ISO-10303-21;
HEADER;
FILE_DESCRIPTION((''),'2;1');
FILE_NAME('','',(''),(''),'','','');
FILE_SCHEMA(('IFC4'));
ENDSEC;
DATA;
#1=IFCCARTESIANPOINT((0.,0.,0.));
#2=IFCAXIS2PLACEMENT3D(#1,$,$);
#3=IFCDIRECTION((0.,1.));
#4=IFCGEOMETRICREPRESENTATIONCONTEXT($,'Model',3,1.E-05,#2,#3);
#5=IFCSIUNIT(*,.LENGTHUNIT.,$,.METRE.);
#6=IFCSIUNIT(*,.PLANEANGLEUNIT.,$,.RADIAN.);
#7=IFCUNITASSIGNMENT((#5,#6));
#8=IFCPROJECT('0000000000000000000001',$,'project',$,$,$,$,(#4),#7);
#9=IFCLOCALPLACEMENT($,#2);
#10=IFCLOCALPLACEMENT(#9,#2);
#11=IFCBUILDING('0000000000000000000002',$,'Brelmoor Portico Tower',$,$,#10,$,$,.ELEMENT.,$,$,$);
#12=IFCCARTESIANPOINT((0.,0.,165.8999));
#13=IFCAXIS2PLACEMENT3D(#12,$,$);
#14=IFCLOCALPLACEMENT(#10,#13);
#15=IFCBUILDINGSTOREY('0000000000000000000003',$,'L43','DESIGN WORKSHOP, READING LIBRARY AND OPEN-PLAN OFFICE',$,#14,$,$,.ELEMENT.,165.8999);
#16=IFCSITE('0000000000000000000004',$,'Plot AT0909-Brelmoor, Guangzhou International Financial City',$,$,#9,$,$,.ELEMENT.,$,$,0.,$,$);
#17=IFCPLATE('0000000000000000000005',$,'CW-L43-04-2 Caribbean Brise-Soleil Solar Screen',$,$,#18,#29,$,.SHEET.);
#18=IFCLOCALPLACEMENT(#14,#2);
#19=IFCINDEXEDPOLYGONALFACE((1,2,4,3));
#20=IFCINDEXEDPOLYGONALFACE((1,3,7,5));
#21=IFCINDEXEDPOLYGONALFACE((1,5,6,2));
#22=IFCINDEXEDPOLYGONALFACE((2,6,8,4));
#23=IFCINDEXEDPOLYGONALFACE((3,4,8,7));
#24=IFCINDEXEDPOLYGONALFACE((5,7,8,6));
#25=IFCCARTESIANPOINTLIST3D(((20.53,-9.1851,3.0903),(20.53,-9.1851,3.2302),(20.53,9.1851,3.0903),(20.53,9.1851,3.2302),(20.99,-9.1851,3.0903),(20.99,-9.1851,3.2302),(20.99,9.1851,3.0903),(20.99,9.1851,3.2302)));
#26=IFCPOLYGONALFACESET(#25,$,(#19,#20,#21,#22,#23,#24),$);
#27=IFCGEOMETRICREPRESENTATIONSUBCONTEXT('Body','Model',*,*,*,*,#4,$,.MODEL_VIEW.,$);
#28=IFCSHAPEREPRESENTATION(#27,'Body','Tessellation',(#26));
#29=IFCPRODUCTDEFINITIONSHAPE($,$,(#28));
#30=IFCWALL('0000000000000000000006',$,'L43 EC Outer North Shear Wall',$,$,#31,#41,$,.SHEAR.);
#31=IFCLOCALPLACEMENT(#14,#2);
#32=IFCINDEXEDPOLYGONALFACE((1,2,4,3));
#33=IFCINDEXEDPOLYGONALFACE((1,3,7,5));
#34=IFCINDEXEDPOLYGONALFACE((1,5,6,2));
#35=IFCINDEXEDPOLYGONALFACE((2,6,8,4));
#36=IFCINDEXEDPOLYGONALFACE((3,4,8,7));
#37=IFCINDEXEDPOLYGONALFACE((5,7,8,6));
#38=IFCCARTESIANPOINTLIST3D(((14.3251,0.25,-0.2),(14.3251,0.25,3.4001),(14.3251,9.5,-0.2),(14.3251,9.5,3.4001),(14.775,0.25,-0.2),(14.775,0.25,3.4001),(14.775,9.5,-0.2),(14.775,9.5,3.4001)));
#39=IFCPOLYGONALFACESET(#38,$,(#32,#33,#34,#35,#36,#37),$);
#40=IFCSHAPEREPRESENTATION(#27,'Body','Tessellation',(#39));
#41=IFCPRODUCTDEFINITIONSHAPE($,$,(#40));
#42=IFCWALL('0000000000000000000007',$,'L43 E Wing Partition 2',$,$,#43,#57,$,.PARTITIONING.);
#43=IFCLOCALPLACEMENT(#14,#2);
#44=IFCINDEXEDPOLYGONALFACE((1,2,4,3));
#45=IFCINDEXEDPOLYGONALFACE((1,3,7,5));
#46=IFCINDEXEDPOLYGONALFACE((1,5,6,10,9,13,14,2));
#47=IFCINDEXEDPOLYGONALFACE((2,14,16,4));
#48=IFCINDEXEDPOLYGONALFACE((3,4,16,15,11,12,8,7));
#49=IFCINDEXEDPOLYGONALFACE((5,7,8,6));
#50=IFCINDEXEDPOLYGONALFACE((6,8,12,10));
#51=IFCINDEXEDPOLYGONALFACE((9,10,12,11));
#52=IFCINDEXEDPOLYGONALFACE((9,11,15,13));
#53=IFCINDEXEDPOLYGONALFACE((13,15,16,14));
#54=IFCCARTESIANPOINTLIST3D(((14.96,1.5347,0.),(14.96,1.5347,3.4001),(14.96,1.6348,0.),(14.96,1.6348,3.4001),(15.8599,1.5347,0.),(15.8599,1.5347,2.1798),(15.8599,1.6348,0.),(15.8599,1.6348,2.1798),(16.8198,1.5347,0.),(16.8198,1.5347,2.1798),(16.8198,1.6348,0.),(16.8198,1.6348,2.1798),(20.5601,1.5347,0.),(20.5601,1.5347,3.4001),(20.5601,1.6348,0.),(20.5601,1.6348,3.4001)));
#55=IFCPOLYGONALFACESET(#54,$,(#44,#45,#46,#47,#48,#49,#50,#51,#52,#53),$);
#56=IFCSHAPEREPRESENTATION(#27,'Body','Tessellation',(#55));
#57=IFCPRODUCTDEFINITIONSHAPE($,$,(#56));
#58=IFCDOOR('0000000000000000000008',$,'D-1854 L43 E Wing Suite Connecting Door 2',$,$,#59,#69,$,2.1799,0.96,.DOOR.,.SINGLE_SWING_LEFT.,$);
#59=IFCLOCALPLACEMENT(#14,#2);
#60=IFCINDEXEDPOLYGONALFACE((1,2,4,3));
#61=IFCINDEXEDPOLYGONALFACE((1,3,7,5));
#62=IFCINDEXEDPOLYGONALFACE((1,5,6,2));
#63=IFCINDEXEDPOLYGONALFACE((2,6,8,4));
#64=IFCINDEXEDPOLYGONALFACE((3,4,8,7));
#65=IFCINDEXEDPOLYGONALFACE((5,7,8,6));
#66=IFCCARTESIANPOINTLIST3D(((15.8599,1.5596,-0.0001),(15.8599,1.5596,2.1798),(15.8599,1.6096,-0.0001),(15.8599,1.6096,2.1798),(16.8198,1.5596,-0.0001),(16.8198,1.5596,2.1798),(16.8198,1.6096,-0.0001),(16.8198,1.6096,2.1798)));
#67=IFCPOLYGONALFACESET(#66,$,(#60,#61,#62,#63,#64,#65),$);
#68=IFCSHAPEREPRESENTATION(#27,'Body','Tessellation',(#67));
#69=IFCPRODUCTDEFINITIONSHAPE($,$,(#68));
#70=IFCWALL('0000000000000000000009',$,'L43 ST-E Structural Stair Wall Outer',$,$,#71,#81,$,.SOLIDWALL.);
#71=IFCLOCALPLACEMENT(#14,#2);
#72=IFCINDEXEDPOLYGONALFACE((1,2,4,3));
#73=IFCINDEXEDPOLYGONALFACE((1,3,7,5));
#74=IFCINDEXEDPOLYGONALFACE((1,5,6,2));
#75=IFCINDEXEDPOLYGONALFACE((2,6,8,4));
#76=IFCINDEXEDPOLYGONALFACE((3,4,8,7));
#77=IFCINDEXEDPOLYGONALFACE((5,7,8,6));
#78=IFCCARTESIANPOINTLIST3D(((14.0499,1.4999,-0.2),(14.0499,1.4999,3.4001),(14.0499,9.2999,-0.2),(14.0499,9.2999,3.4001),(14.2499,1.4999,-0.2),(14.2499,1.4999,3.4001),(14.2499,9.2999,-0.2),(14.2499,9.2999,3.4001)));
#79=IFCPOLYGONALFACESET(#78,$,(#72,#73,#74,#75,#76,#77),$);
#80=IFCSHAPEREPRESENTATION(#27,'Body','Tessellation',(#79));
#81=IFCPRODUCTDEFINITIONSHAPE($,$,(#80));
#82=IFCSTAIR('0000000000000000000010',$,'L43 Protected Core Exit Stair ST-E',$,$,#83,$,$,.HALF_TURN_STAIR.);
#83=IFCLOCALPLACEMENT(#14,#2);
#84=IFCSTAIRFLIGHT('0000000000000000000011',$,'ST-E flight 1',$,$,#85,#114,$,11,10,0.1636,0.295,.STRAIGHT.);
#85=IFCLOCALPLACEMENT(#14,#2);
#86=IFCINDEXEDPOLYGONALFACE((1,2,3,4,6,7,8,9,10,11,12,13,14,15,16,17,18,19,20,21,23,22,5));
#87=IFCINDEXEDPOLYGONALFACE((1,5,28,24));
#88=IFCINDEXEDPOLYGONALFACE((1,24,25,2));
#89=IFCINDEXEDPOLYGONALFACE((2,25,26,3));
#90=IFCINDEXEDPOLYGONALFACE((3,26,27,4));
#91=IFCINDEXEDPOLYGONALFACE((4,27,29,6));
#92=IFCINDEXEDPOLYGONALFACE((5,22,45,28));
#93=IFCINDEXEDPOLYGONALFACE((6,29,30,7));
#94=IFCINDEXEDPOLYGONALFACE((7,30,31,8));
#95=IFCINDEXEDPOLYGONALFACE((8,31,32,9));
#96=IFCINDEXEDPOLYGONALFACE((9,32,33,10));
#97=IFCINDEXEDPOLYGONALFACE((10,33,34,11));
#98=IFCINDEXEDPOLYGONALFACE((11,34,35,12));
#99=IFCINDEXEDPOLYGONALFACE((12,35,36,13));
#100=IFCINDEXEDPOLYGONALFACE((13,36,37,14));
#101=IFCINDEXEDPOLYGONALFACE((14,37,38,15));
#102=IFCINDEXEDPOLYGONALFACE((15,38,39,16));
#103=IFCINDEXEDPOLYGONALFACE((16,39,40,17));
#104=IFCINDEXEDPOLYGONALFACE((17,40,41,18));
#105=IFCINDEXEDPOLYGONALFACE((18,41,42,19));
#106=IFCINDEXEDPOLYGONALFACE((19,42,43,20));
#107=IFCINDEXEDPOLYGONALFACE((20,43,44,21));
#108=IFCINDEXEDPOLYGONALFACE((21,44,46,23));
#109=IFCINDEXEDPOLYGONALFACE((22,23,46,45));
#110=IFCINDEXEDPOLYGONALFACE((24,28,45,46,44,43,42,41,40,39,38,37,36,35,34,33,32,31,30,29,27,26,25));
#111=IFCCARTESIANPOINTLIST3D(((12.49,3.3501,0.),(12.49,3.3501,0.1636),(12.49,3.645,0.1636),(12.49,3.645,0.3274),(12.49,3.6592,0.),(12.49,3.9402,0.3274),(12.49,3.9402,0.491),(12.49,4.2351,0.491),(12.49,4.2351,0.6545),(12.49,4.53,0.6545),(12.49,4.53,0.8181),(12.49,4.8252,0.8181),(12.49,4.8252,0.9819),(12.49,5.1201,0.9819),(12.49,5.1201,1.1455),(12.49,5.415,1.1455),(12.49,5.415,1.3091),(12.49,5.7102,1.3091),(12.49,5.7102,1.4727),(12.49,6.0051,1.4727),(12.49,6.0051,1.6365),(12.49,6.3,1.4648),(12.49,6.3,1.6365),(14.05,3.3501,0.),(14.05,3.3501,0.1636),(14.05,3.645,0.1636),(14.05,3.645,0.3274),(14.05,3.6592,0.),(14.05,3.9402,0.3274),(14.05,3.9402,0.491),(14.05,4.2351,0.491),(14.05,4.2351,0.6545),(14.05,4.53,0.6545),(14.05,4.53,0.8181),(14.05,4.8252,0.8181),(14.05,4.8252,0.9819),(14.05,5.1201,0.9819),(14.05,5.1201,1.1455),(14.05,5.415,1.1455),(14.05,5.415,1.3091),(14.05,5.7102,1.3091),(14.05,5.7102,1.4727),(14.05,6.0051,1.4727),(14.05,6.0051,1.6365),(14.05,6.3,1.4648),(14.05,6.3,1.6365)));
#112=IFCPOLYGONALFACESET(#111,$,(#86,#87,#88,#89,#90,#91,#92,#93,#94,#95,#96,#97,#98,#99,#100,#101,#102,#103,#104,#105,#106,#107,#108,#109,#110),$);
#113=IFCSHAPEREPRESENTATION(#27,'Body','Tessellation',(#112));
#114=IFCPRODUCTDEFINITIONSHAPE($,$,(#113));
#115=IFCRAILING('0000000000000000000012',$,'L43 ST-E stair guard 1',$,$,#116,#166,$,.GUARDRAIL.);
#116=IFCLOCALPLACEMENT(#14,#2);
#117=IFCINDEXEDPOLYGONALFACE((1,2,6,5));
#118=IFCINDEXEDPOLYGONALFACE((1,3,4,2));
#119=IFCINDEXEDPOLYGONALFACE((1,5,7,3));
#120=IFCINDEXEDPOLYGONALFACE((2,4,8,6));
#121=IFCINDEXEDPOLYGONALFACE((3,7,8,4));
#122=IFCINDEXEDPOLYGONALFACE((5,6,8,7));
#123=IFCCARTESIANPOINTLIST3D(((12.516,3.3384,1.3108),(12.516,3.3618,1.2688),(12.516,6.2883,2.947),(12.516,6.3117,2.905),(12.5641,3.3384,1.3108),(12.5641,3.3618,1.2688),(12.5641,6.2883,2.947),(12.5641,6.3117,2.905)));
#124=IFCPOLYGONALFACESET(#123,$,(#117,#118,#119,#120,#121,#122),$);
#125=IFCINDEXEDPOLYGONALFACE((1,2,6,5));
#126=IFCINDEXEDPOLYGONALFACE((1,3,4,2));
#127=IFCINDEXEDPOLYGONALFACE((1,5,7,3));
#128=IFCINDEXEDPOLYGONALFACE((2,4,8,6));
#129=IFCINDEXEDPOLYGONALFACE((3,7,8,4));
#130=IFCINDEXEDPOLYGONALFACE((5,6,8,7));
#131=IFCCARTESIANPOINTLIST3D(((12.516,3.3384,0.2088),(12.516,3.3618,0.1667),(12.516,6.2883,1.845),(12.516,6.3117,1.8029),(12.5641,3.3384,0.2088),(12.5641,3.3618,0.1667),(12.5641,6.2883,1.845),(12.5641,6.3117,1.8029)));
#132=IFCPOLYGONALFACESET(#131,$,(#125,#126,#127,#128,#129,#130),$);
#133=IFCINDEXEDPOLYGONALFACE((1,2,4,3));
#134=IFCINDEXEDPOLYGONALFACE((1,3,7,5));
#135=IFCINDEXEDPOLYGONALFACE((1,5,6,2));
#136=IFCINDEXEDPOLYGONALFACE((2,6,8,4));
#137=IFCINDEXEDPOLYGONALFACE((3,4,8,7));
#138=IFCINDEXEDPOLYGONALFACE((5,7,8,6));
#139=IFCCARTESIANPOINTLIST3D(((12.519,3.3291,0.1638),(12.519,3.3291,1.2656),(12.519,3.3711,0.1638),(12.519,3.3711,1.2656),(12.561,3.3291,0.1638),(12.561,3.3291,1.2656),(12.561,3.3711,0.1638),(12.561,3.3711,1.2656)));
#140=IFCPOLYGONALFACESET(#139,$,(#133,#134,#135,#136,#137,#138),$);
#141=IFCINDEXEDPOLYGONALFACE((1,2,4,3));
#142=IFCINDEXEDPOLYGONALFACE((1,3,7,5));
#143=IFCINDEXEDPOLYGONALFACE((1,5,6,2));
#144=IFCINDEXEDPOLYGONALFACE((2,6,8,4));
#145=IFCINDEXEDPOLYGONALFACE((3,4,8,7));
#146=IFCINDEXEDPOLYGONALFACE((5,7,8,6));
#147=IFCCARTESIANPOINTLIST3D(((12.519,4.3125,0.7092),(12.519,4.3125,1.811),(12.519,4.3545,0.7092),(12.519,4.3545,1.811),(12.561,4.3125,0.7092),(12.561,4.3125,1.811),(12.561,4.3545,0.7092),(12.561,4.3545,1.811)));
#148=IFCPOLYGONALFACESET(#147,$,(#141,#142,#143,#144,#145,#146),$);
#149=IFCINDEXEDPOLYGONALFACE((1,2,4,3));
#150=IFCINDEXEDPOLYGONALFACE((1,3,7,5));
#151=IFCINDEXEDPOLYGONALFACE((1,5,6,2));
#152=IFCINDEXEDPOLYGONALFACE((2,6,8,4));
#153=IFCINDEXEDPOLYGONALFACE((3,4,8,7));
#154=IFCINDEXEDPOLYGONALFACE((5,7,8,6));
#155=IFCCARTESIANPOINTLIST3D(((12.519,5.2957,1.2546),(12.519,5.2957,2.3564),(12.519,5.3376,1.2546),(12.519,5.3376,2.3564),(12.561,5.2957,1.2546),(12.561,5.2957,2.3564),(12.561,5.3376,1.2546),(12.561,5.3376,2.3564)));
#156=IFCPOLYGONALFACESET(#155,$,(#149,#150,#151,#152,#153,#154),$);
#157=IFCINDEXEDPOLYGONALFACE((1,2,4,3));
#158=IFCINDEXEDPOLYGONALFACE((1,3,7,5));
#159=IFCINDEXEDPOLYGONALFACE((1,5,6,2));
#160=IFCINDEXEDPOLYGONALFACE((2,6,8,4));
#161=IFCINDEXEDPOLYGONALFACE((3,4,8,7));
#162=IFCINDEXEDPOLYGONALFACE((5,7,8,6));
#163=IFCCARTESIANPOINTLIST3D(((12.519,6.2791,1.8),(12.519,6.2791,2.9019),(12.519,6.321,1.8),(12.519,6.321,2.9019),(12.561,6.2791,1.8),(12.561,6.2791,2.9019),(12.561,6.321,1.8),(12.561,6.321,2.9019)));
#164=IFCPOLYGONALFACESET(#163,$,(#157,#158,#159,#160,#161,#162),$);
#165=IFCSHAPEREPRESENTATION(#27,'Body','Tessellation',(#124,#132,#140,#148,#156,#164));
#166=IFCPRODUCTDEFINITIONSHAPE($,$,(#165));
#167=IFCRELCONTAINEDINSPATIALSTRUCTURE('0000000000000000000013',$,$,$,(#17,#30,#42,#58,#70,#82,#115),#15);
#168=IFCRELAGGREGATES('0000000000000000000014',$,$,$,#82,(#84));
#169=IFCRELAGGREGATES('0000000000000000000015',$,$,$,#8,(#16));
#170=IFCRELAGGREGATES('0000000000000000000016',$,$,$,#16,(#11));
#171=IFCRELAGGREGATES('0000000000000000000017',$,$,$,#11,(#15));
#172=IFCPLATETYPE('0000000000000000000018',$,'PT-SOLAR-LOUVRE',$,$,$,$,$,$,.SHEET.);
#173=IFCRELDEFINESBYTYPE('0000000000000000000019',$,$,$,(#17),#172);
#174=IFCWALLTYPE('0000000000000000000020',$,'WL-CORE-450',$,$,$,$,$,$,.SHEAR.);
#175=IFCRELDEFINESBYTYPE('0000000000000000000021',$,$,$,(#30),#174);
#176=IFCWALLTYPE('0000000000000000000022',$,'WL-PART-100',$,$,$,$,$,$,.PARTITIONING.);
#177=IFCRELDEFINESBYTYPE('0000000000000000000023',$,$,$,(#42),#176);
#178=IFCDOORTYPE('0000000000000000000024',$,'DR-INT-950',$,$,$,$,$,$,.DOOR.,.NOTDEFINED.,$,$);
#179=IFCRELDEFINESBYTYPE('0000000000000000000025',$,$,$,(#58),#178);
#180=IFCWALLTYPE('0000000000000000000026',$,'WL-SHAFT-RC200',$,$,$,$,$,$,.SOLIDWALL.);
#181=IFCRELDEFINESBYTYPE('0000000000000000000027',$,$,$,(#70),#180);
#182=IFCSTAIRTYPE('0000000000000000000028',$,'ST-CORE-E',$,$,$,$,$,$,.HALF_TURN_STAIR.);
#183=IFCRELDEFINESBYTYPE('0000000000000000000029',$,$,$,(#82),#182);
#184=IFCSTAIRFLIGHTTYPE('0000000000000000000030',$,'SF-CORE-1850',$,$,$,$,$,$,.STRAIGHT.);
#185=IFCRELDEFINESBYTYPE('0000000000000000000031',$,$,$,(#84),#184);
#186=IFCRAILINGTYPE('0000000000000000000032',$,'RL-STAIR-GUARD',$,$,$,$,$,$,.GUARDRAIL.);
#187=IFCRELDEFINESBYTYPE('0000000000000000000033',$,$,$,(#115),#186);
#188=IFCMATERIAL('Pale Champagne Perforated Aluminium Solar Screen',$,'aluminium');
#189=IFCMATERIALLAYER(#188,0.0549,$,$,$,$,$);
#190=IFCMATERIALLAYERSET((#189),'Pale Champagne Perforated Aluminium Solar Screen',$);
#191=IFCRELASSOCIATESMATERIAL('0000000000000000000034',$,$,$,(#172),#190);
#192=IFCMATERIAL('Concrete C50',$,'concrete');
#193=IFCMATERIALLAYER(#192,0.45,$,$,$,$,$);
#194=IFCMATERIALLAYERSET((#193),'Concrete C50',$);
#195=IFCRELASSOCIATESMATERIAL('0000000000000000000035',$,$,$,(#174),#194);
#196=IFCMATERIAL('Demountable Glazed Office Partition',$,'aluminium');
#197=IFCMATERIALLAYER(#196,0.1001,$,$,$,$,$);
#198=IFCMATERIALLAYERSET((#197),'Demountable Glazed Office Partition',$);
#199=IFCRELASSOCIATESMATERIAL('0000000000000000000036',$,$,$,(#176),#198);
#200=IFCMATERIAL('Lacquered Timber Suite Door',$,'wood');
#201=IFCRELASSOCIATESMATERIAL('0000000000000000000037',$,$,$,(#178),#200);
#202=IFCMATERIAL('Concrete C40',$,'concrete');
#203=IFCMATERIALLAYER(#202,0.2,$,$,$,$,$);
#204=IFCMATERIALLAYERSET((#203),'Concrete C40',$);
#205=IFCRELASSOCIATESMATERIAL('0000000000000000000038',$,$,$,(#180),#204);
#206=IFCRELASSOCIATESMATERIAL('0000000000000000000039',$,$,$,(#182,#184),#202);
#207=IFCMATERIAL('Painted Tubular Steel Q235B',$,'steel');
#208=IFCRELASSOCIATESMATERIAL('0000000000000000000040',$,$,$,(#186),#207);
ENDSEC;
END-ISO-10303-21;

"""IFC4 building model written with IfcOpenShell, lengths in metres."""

from ifc_helpers import new_model, si_unit, direction, frame, frame_2d, origin, origin_2d, place, context, subcontext, project, spatial, polyline, rectangle, outline, extrude, material, layer, layer_set, type_object, element, fill, aggregate, save


model = new_model("IFC4")

# Units and contexts
model_context = context("Model", 3, precision=1e-05, world=origin(), true_north=direction((0.0, 1.0)))
body_context = subcontext(model_context, "Body", "Model", "MODEL_VIEW")
ifc_project = project(units=[si_unit("LENGTHUNIT", "METRE"), si_unit("PLANEANGLEUNIT", "RADIAN")], contexts=[model_context])

# Site, building, storey
site_placement = place(None, origin())
site = spatial("IfcSite", under=ifc_project, at=site_placement, Name="Plot AT0909-Brelmoor, Guangzhou International Financial City", CompositionType="ELEMENT", RefElevation=0.0)
building_placement = place(site_placement, origin())
building = spatial("IfcBuilding", under=site, at=building_placement, Name="Brelmoor Portico Tower", CompositionType="ELEMENT")
storey_placement = place(building_placement, frame((0.0, 0.0, 165.8999)))
storey = spatial("IfcBuildingStorey", under=building, at=storey_placement, Name="L43", Description="DESIGN WORKSHOP, READING LIBRARY AND OPEN-PLAN OFFICE", CompositionType="ELEMENT", Elevation=165.8999)

# Plate
ifc_material_1 = material(Name="Pale Champagne Perforated Aluminium Solar Screen", Category="aluminium")
ifc_layer_1 = layer(ifc_material_1, 0.0549)
ifc_layer_set_1 = layer_set([ifc_layer_1], Name="Pale Champagne Perforated Aluminium Solar Screen")
plate_type_1 = type_object("IfcPlateType", Name="PT-SOLAR-LOUVRE", PredefinedType="SHEET", material=ifc_layer_set_1)
plate_1_placement = place(storey_placement, frame((20.76, 0.0, 3.0903), z_axis=(0.0, 0.0, 1.0), x_axis=(0.0, 1.0, 0.0)))
element("IfcPlate", 1, at=plate_1_placement, inside=storey, type_object=plate_type_1, Name="CW-L43-04-2 Caribbean Brise-Soleil Solar Screen", PredefinedType="SHEET", context=body_context, shape_type="SweptSolid", body=[
    extrude(rectangle(XDim=18.3701, YDim=0.46, at=origin_2d()), origin(), (0.0, 0.0, 1.0), 0.1399),
])

# Wall
ifc_material_2 = material(Name="Concrete C50", Category="concrete")
ifc_layer_2 = layer(ifc_material_2, 0.45)
ifc_layer_set_2 = layer_set([ifc_layer_2], Name="Concrete C50")
wall_type_1 = type_object("IfcWallType", Name="WL-CORE-450", PredefinedType="SHEAR", material=ifc_layer_set_2)
wall_1_placement = place(storey_placement, frame((14.55, 0.25, -0.2), z_axis=(0.0, 0.0, 1.0), x_axis=(0.0, 1.0, 0.0)))
element("IfcWall", 2, at=wall_1_placement, inside=storey, type_object=wall_type_1, Name="L43 EC Outer North Shear Wall", PredefinedType="SHEAR", context=body_context, shape_type="SweptSolid", body=[
    extrude(rectangle(XDim=9.25, YDim=0.45, at=frame_2d((4.625, 0.0))), origin(), (0.0, 0.0, 1.0), 3.6001),
])

# Wall, opening, door
ifc_material_3 = material(Name="Demountable Glazed Office Partition", Category="aluminium")
ifc_layer_3 = layer(ifc_material_3, 0.1001)
ifc_layer_set_3 = layer_set([ifc_layer_3], Name="Demountable Glazed Office Partition")
wall_type_2 = type_object("IfcWallType", Name="WL-PART-100", PredefinedType="PARTITIONING", material=ifc_layer_set_3)
wall_2_placement = place(storey_placement, frame((14.96, 1.5847, 0.0), z_axis=(0.0, 0.0, 1.0), x_axis=(1.0, 0.0, 0.0)))
wall_2 = element("IfcWall", 3, at=wall_2_placement, inside=storey, type_object=wall_type_2, Name="L43 E Wing Partition 2", PredefinedType="PARTITIONING", context=body_context, shape_type="SweptSolid", body=[
    extrude(rectangle(XDim=5.6001, YDim=0.1001, at=frame_2d((2.8, 0.0))), origin(), (0.0, 0.0, 1.0), 3.4001),
])
opening_placement = place(wall_2_placement, frame((0.8999, 0.0, 0.0)))
opening = element("IfcOpeningElement", 4, at=opening_placement, cuts=wall_2, PredefinedType="OPENING", context=body_context, shape_type="SweptSolid", body=[
    extrude(rectangle(XDim=0.96, YDim=2.1799, at=frame_2d((0.48, 1.0898))), frame((0.0, 0.0601, 0.0), z_axis=(0.0, -1.0, 0.0), x_axis=(1.0, 0.0, 0.0)), (0.0, 0.0, 1.0), 0.1201),
])
ifc_material_4 = material(Name="Lacquered Timber Suite Door", Category="wood")
door_type = type_object("IfcDoorType", Name="DR-INT-950", OperationType="NOTDEFINED", PredefinedType="DOOR", material=ifc_material_4)
door_placement = place(opening_placement, origin())
door = element("IfcDoor", 5, at=door_placement, inside=storey, type_object=door_type, Name="D-1854 L43 E Wing Suite Connecting Door 2", OperationType="SINGLE_SWING_LEFT", OverallHeight=2.1799, OverallWidth=0.96, PredefinedType="DOOR", context=body_context, shape_type="SweptSolid", body=[
    extrude(rectangle(XDim=0.96, YDim=2.1799, at=frame_2d((0.48, 1.0898))), frame((0.0, 0.0249, 0.0), z_axis=(0.0, -1.0, 0.0), x_axis=(1.0, 0.0, 0.0)), (0.0, 0.0, 1.0), 0.05),
])
fill(opening, door)

# Wall
ifc_material_5 = material(Name="Concrete C40", Category="concrete")
ifc_layer_4 = layer(ifc_material_5, 0.2)
ifc_layer_set_4 = layer_set([ifc_layer_4], Name="Concrete C40")
wall_type_3 = type_object("IfcWallType", Name="WL-SHAFT-RC200", PredefinedType="SOLIDWALL", material=ifc_layer_set_4)
wall_3_placement = place(storey_placement, frame((14.1499, 1.5, -0.2), z_axis=(0.0, 0.0, 1.0), x_axis=(0.0, 1.0, 0.0)))
element("IfcWall", 6, at=wall_3_placement, inside=storey, type_object=wall_type_3, Name="L43 ST-E Structural Stair Wall Outer", PredefinedType="SOLIDWALL", context=body_context, shape_type="SweptSolid", body=[
    extrude(rectangle(XDim=7.8, YDim=0.2, at=frame_2d((3.8999, 0.0))), origin(), (0.0, 0.0, 1.0), 3.6001),
])

# Stair, stair flight
stair_type = type_object("IfcStairType", Name="ST-CORE-E", PredefinedType="HALF_TURN_STAIR", material=ifc_material_5)
stair_placement = place(storey_placement, origin())
stair = element("IfcStair", 7, at=stair_placement, inside=storey, type_object=stair_type, Name="L43 Protected Core Exit Stair ST-E", PredefinedType="HALF_TURN_STAIR")
stair_flight_type = type_object("IfcStairFlightType", Name="SF-CORE-1850", PredefinedType="STRAIGHT", material=ifc_material_5)
stair_flight_placement = place(storey_placement, frame((13.27, 3.3501, 0.0), z_axis=(0.0, 0.0, 1.0), x_axis=(0.0, 1.0, 0.0)))
stair_flight = element("IfcStairFlight", 8, at=stair_flight_placement, type_object=stair_flight_type, Name="ST-E flight 1", NumberOfRisers=11, NumberOfTreads=10, PredefinedType="STRAIGHT", RiserHeight=0.1636, TreadLength=0.295, context=body_context, shape_type="SweptSolid", body=[
    extrude(outline(polyline([(0.0, 0.0), (0.0, 0.1636), (0.2949, 0.1636), (0.2949, 0.3274), (0.5901, 0.3274), (0.5901, 0.491), (0.885, 0.491), (0.885, 0.6545), (1.1799, 0.6545), (1.1799, 0.8181), (1.4751, 0.8181), (1.4751, 0.9819), (1.77, 0.9819), (1.77, 1.1455), (2.0649, 1.1455), (2.0649, 1.3091), (2.3601, 1.3091), (2.3601, 1.4727), (2.655, 1.4727), (2.655, 1.6365), (2.95, 1.6365), (2.95, 1.8), (2.95, 1.4648), (0.3091, 0.0), (0.0, 0.0)])), frame((0.0, 0.78, 0.0), z_axis=(0.0, -1.0, 0.0), x_axis=(1.0, 0.0, 0.0)), (0.0, 0.0, 1.0), 1.5601),
])
aggregate(stair, [stair_flight])

# Railing
ifc_material_6 = material(Name="Painted Tubular Steel Q235B", Category="steel")
railing_type_1 = type_object("IfcRailingType", Name="RL-STAIR-GUARD", PredefinedType="GUARDRAIL", material=ifc_material_6)
railing_1_placement = place(storey_placement, frame((12.54, 3.3501, 0.1638)))
element("IfcRailing", 9, at=railing_1_placement, inside=storey, type_object=railing_type_1, Name="L43 ST-E stair guard 1", PredefinedType="GUARDRAIL", context=body_context, shape_type="SweptSolid", body=[
    extrude(rectangle(XDim=0.0481, YDim=0.0481, at=origin_2d()), frame((0.0, 0.0, 1.126), z_axis=(0.0, 0.874488, 0.485047), x_axis=(-1.0, 0.0, 0.0)), (0.0, 0.0, 1.0), 3.3733),
    extrude(rectangle(XDim=0.0481, YDim=0.0481, at=origin_2d()), frame((0.0, 0.0, 0.0239), z_axis=(0.0, 0.874488, 0.485047), x_axis=(-1.0, 0.0, 0.0)), (0.0, 0.0, 1.0), 3.3733),
    extrude(rectangle(XDim=0.042, YDim=0.042, at=origin_2d()), origin(), (0.0, 0.0, 1.0), 1.1018),
    extrude(rectangle(XDim=0.042, YDim=0.042, at=origin_2d()), frame((0.0, 0.9834, 0.5454)), (0.0, 0.0, 1.0), 1.1018),
    extrude(rectangle(XDim=0.042, YDim=0.042, at=origin_2d()), frame((0.0, 1.9666, 1.0908)), (0.0, 0.0, 1.0), 1.1018),
    extrude(rectangle(XDim=0.042, YDim=0.042, at=origin_2d()), frame((0.0, 2.95, 1.6362)), (0.0, 0.0, 1.0), 1.1018),
])

save(model, "model.ifc")
